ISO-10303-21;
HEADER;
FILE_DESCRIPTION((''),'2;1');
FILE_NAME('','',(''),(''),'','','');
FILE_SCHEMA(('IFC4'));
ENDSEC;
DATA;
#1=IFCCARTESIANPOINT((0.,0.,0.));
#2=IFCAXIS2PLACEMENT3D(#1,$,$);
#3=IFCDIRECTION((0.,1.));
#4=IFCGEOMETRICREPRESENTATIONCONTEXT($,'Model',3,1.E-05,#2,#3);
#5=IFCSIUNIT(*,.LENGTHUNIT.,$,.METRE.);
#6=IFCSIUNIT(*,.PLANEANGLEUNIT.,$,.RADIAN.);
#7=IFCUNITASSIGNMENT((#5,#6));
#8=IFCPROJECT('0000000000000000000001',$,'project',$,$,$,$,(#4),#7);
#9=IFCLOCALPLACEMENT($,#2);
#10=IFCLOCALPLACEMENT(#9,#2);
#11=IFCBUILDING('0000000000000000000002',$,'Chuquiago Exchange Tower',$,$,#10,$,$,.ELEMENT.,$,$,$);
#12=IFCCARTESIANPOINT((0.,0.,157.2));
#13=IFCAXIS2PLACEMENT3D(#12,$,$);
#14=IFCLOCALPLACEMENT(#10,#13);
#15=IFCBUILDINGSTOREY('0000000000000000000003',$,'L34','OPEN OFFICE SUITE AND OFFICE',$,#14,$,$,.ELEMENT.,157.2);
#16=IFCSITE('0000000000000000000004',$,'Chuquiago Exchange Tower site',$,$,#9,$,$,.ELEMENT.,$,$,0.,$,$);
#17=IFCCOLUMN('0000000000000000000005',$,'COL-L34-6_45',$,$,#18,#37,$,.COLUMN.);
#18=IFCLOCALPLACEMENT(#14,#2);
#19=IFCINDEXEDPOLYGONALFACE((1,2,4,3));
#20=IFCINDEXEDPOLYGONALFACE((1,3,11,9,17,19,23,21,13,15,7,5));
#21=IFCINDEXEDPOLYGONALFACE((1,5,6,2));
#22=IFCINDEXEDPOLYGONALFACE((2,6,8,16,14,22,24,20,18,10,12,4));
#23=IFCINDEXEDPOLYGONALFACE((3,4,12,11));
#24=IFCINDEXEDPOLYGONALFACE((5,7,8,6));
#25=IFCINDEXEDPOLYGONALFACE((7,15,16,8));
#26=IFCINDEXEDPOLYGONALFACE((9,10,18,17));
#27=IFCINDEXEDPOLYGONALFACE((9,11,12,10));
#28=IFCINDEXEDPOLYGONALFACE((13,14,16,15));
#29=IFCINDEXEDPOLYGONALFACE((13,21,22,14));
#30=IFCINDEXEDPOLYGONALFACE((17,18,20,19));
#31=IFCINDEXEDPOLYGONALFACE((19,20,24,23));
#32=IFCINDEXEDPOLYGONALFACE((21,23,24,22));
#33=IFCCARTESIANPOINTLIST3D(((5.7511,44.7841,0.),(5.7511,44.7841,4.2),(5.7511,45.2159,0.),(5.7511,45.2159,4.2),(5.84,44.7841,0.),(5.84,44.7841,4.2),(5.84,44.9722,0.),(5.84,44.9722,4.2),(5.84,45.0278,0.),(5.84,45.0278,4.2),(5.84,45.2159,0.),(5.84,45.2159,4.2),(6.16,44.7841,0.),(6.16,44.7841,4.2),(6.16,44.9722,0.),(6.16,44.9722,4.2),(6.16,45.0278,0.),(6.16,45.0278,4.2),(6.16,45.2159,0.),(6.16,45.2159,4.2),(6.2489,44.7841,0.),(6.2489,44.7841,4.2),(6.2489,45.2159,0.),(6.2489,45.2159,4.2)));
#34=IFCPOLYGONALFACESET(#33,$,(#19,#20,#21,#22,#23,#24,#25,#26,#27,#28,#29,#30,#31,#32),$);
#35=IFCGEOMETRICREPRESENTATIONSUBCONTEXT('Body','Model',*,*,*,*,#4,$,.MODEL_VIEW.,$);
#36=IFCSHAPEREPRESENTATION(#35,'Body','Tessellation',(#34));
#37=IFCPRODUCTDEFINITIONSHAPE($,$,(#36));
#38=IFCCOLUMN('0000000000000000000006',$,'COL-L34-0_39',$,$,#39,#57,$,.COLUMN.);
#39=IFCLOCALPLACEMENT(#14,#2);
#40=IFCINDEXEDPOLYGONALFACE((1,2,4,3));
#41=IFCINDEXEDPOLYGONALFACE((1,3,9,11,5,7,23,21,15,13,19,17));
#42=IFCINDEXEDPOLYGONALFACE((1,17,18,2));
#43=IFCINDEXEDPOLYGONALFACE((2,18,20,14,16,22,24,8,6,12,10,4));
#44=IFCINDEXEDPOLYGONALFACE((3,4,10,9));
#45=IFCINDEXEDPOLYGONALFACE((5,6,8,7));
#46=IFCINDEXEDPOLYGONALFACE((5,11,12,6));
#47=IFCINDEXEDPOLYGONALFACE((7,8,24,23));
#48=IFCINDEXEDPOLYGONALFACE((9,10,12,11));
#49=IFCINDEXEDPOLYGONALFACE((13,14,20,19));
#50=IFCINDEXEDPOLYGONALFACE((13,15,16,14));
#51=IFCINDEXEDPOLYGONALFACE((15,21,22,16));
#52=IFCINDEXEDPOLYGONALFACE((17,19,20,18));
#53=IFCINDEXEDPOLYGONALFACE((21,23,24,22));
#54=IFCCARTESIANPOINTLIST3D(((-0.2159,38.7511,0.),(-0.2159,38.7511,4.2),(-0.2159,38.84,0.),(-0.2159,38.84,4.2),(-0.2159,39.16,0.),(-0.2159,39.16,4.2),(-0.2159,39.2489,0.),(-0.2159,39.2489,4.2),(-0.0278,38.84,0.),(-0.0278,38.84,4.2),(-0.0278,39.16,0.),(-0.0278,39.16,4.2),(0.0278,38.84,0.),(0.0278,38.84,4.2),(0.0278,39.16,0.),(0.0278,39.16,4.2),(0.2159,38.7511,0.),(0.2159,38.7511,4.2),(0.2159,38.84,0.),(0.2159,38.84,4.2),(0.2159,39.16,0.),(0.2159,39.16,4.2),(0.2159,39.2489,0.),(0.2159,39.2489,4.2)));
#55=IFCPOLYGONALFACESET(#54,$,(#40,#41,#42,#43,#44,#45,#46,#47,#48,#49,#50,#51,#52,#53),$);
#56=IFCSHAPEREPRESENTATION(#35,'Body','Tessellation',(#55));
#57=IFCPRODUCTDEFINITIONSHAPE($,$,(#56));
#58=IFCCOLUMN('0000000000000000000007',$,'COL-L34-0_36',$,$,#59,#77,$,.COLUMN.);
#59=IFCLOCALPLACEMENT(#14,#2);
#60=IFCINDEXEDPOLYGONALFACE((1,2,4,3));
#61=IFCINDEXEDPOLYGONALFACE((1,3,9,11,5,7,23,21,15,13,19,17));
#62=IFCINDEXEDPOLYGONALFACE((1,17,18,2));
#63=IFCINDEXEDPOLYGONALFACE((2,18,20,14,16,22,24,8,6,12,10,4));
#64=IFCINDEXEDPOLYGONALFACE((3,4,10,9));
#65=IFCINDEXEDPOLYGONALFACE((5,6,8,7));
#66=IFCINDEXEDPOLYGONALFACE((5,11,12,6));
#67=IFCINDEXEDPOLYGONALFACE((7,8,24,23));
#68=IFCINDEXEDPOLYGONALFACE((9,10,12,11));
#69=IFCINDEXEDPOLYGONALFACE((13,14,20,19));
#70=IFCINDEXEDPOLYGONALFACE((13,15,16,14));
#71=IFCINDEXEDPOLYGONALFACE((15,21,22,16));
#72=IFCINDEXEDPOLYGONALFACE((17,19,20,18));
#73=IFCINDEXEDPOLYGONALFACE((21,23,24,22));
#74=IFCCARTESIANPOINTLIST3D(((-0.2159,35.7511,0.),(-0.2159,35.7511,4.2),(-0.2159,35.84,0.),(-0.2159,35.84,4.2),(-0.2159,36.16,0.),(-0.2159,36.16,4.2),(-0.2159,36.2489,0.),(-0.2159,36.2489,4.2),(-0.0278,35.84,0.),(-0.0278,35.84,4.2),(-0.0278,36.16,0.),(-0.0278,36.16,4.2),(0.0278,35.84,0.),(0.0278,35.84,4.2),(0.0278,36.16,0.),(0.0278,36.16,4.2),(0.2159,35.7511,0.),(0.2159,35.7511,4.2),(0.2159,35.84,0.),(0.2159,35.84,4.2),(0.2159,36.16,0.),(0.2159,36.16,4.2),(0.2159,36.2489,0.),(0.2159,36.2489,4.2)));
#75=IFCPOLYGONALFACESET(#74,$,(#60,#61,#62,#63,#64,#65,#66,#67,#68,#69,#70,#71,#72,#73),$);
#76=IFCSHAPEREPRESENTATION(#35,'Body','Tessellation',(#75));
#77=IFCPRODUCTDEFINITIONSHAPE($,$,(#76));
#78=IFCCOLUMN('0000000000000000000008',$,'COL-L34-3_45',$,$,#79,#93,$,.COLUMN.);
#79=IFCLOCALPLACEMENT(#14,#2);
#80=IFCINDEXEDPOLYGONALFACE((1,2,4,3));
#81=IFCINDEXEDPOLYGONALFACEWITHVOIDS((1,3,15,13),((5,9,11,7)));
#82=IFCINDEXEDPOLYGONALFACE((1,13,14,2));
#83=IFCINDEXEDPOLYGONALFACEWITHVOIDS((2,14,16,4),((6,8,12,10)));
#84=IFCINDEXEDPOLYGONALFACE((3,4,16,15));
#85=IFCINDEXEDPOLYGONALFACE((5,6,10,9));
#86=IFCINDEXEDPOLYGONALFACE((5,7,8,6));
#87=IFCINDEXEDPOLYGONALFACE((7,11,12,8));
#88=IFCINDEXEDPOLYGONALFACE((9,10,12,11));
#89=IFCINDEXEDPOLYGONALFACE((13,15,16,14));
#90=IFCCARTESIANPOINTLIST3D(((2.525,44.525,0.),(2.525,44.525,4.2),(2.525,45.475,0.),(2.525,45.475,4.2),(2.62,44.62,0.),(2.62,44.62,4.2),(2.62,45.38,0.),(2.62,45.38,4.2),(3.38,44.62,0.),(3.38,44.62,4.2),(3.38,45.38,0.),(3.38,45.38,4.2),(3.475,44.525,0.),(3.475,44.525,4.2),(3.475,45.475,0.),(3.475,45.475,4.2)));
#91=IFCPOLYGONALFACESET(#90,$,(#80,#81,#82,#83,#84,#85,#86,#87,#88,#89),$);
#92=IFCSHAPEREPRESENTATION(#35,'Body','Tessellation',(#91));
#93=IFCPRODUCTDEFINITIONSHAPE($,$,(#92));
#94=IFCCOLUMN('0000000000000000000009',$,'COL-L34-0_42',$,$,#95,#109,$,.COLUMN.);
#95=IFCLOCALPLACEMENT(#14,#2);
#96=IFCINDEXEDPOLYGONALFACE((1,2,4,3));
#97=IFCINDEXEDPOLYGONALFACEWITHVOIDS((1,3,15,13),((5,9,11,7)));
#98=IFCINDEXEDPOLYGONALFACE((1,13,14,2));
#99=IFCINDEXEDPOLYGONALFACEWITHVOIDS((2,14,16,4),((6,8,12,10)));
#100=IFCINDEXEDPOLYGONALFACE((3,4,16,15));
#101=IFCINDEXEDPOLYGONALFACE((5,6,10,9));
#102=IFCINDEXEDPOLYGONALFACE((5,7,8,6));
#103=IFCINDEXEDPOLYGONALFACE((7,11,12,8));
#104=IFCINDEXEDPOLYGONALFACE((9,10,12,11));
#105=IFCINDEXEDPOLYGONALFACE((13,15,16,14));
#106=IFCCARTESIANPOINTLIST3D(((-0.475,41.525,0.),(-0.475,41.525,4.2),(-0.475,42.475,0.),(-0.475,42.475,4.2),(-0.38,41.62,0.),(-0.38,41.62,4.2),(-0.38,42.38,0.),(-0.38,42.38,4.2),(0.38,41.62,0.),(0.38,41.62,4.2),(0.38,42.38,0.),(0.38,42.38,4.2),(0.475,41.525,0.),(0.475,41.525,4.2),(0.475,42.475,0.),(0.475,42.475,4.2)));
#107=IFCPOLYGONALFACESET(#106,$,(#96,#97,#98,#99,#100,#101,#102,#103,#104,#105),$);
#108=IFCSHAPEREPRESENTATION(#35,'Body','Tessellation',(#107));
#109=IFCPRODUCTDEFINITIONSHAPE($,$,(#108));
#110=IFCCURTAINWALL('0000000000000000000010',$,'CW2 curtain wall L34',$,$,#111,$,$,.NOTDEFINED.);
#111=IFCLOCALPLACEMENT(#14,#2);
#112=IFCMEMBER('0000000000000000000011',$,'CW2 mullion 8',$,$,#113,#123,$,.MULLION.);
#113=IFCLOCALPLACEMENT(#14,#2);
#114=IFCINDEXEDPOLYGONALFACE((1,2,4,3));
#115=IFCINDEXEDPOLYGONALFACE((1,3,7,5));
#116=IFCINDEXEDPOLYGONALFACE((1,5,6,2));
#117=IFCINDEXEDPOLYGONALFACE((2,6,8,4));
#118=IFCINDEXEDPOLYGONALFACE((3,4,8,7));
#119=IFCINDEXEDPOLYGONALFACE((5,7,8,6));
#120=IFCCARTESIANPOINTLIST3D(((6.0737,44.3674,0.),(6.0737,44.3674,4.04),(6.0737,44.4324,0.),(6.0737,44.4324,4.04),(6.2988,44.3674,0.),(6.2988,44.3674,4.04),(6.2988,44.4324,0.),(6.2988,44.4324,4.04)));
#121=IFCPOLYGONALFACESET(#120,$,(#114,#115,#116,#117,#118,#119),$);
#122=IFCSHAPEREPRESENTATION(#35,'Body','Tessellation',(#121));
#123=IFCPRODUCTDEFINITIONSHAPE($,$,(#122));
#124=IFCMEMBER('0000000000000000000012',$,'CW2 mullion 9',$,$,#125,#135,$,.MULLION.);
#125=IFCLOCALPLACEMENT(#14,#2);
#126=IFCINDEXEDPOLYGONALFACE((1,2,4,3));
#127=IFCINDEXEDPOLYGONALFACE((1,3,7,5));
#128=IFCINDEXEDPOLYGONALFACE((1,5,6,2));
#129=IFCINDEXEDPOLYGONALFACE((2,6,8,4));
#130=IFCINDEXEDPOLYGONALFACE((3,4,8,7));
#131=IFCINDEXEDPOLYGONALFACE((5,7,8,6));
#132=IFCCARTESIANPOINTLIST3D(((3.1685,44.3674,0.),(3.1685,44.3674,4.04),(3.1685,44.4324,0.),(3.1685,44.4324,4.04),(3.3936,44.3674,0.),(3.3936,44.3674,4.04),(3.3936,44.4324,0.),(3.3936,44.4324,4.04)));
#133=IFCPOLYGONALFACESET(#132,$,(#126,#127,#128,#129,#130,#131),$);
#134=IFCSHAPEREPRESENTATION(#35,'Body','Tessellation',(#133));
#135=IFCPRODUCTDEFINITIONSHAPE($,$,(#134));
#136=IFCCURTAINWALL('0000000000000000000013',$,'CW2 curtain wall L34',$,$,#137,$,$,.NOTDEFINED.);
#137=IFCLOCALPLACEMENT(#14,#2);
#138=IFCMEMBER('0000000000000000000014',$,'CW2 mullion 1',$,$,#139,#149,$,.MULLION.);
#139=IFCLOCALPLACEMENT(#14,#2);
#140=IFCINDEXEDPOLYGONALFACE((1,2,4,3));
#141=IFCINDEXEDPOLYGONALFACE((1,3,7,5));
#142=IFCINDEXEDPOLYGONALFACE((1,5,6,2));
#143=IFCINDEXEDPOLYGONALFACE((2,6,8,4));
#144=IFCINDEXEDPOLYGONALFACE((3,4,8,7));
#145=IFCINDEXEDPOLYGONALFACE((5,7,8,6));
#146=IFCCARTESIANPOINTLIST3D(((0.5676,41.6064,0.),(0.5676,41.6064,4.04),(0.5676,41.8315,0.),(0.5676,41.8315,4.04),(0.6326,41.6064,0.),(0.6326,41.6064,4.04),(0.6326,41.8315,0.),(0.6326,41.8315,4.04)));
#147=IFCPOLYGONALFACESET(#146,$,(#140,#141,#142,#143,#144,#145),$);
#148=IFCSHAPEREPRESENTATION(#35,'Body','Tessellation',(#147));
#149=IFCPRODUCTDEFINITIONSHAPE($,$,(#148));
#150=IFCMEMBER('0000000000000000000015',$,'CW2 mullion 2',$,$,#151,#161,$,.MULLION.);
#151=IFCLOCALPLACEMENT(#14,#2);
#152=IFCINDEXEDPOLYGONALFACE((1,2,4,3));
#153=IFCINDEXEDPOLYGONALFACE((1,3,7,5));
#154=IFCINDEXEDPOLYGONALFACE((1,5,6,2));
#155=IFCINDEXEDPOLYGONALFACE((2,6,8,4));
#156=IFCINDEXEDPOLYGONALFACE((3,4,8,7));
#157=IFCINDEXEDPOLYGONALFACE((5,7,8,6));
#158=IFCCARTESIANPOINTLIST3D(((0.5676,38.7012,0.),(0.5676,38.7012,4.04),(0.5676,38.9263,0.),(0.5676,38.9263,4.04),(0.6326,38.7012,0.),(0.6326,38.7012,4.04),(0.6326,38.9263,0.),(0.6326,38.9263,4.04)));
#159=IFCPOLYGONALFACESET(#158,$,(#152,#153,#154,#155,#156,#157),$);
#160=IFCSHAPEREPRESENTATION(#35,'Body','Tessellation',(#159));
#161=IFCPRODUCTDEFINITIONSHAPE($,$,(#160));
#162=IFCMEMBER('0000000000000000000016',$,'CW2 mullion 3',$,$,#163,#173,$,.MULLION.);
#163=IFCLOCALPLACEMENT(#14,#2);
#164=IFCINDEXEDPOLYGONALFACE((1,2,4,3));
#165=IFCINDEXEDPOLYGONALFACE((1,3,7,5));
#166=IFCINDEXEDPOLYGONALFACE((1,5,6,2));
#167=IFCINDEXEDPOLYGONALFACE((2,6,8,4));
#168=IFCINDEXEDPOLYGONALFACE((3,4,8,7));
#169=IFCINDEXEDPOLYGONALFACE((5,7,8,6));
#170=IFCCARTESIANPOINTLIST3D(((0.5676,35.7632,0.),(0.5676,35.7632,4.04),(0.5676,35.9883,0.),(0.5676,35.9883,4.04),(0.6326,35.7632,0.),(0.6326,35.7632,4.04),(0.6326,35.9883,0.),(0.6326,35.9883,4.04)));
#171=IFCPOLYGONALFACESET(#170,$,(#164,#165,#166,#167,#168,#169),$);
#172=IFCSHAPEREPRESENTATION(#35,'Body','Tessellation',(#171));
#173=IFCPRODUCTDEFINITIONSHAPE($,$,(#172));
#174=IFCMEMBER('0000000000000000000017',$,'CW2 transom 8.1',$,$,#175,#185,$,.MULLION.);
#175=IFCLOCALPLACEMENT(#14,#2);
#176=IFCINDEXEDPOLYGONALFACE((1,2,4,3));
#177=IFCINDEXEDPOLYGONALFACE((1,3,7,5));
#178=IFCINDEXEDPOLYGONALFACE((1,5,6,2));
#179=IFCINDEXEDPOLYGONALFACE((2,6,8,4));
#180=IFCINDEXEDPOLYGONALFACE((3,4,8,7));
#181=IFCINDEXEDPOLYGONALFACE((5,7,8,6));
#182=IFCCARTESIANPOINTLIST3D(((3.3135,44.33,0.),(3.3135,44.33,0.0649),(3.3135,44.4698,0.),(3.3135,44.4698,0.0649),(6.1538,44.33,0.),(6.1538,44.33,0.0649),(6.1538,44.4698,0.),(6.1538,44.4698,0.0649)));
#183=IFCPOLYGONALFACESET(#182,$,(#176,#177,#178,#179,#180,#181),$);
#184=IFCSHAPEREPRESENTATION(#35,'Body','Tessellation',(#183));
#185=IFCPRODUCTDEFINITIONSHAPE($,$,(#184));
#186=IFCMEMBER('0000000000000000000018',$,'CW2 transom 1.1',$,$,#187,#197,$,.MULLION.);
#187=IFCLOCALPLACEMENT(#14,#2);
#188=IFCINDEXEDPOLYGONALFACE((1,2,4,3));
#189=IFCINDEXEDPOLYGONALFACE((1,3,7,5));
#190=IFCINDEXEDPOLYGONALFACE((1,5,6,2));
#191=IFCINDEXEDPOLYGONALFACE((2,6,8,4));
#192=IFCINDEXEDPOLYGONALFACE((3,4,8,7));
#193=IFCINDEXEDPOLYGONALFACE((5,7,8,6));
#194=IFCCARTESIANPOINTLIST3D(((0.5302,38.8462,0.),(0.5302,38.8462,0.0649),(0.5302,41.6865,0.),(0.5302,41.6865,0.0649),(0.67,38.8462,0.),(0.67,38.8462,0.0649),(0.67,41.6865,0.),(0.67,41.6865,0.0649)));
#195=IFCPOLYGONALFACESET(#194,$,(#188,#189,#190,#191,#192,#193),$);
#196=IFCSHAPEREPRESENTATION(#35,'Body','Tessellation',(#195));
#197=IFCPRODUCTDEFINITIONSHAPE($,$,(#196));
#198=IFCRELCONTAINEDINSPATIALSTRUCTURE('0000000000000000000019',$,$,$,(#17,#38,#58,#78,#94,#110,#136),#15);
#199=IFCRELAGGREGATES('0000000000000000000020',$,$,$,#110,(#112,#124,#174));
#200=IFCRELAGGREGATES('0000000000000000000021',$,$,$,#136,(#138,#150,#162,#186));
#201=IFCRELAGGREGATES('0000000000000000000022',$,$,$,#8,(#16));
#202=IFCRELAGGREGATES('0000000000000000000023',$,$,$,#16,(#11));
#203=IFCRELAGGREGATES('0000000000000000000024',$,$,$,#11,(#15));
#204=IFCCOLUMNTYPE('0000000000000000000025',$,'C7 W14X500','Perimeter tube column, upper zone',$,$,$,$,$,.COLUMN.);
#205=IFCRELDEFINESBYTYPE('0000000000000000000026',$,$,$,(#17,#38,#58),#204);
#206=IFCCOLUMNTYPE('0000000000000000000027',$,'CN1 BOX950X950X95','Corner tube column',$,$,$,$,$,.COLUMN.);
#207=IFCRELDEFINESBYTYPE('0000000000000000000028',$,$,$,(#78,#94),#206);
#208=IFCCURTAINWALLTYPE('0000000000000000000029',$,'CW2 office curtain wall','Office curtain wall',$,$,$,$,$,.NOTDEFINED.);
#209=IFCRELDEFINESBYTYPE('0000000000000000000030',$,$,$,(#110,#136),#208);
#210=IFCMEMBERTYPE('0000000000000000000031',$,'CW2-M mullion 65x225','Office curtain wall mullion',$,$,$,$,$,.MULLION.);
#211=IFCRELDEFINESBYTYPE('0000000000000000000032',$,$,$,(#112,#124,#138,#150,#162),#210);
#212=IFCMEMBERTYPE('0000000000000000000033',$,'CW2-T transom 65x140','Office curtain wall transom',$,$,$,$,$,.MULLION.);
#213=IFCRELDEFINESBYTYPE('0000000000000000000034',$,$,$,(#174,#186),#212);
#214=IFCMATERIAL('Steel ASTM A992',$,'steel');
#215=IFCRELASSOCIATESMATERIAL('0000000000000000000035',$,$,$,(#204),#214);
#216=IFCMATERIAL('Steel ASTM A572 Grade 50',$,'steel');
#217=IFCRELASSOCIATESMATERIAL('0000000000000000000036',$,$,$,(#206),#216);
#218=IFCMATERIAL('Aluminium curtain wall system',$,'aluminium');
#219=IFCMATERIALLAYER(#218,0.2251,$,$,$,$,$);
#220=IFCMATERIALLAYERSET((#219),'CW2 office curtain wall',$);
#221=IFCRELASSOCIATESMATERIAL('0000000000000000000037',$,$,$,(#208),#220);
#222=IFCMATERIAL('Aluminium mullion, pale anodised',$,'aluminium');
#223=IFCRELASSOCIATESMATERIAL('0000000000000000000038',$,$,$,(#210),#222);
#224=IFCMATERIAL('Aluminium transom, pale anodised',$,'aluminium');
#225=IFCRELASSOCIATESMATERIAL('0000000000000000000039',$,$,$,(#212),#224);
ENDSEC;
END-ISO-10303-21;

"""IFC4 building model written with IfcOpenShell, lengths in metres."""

from ifc_helpers import new_model, si_unit, direction, frame, origin, origin_2d, place, context, subcontext, project, spatial, rectangle, hollow_rectangle, i_section, extrude, material, layer, layer_set, material_profile, profile_set, type_object, element, aggregate, save


model = new_model("IFC4")

# Units and contexts
model_context = context("Model", 3, precision=1e-05, world=origin(), true_north=direction((0.0, 1.0)))
body_context = subcontext(model_context, "Body", "Model", "MODEL_VIEW")
ifc_project = project(units=[si_unit("LENGTHUNIT", "METRE"), si_unit("PLANEANGLEUNIT", "RADIAN")], contexts=[model_context])

# Site, building, storey
site_placement = place(None, origin())
site = spatial("IfcSite", under=ifc_project, at=site_placement, Name="Chuquiago Exchange Tower site", CompositionType="ELEMENT", RefElevation=0.0)
building_placement = place(site_placement, origin())
building = spatial("IfcBuilding", under=site, at=building_placement, Name="Chuquiago Exchange Tower", CompositionType="ELEMENT")
storey_placement = place(building_placement, frame((0.0, 0.0, 157.2)))
storey = spatial("IfcBuildingStorey", under=building, at=storey_placement, Name="L34", Description="OPEN OFFICE SUITE AND OFFICE", CompositionType="ELEMENT", Elevation=157.2)

# Columns
ifc_material_1 = material(Name="Steel ASTM A992", Category="steel")
ifc_material_profile_1 = material_profile(ifc_material_1, i_section(OverallWidth=0.4319, OverallDepth=0.4978, WebThickness=0.0557, FlangeThickness=0.0889, at=origin_2d()), Name="W14X500")
ifc_profile_set_1 = profile_set([ifc_material_profile_1], Name="Steel ASTM A992")
column_type_1 = type_object("IfcColumnType", Name="C7 W14X500", Description="Perimeter tube column, upper zone", PredefinedType="COLUMN", material=ifc_profile_set_1)
for number, where, z_axis, x_axis, name in (
    (1, (6.0, 45.0, 0.0), (0.0, 0.0, 1.0), (0.0, 1.0, 0.0), "COL-L34-6_45"),
    (2, (0.0, 39.0, 0.0), (0.0, 0.0, 1.0), (-1.0, 0.0, 0.0), "COL-L34-0_39"),
    (3, (0.0, 36.0, 0.0), (0.0, 0.0, 1.0), (-1.0, 0.0, 0.0), "COL-L34-0_36"),
):
    element("IfcColumn", number, at=place(storey_placement, frame(where, z_axis=z_axis, x_axis=x_axis)), inside=storey, type_object=column_type_1, Name=name, PredefinedType="COLUMN", context=body_context, shape_type="SweptSolid", body=[
        extrude(i_section(OverallWidth=0.4319, OverallDepth=0.4978, WebThickness=0.0557, FlangeThickness=0.0889, at=origin_2d()), origin(), (0.0, 0.0, 1.0), 4.2),
    ])
ifc_material_2 = material(Name="Steel ASTM A572 Grade 50", Category="steel")
ifc_material_profile_2 = material_profile(ifc_material_2, hollow_rectangle(XDim=0.95, YDim=0.95, WallThickness=0.095, at=origin_2d()), Name="BOX950X950X95")
ifc_profile_set_2 = profile_set([ifc_material_profile_2], Name="Steel ASTM A572 Grade 50")
column_type_2 = type_object("IfcColumnType", Name="CN1 BOX950X950X95", Description="Corner tube column", PredefinedType="COLUMN", material=ifc_profile_set_2)
for number, where, z_axis, x_axis, name in (
    (4, (3.0, 45.0, 0.0), (0.0, 0.0, 1.0), (0.0, 1.0, 0.0), "COL-L34-3_45"),
    (5, (0.0, 42.0, 0.0), (0.0, 0.0, 1.0), (-1.0, 0.0, 0.0), "COL-L34-0_42"),
):
    element("IfcColumn", number, at=place(storey_placement, frame(where, z_axis=z_axis, x_axis=x_axis)), inside=storey, type_object=column_type_2, Name=name, PredefinedType="COLUMN", context=body_context, shape_type="SweptSolid", body=[
        extrude(hollow_rectangle(XDim=0.95, YDim=0.95, WallThickness=0.095, at=origin_2d()), origin(), (0.0, 0.0, 1.0), 4.2),
    ])

# Curtain walls, members
ifc_material_3 = material(Name="Aluminium curtain wall system", Category="aluminium")
ifc_layer_1 = layer(ifc_material_3, 0.2251)
ifc_layer_set_1 = layer_set([ifc_layer_1], Name="CW2 office curtain wall")
curtain_wall_type_1 = type_object("IfcCurtainWallType", Name="CW2 office curtain wall", Description="Office curtain wall", PredefinedType="NOTDEFINED", material=ifc_layer_set_1)
curtain_wall_1_placement = place(storey_placement, origin())
curtain_wall_1 = element("IfcCurtainWall", 6, at=curtain_wall_1_placement, inside=storey, type_object=curtain_wall_type_1, Name="CW2 curtain wall L34", PredefinedType="NOTDEFINED")
ifc_material_4 = material(Name="Aluminium mullion, pale anodised", Category="aluminium")
ifc_material_profile_3 = material_profile(ifc_material_4, rectangle(XDim=0.0649, YDim=0.2251, at=origin_2d()), Name="AL 65x225")
ifc_profile_set_3 = profile_set([ifc_material_profile_3], Name="Aluminium mullion, pale anodised")
member_type_1 = type_object("IfcMemberType", Name="CW2-M mullion 65x225", Description="Office curtain wall mullion", PredefinedType="MULLION", material=ifc_profile_set_3)
member_1_placement = place(storey_placement, frame((6.1863, 44.3999, 0.0), z_axis=(0.0, 0.0, 1.0), x_axis=(0.0, -1.0, 0.0)))
member_1 = element("IfcMember", 7, at=member_1_placement, type_object=member_type_1, Name="CW2 mullion 8", PredefinedType="MULLION", context=body_context, shape_type="SweptSolid", body=[
    extrude(rectangle(XDim=0.0649, YDim=0.2251, at=origin_2d()), origin(), (0.0, 0.0, 1.0), 4.04),
])
member_2_placement = place(storey_placement, frame((3.281, 44.3999, 0.0), z_axis=(0.0, 0.0, 1.0), x_axis=(0.0, -1.0, 0.0)))
member_2 = element("IfcMember", 8, at=member_2_placement, type_object=member_type_1, Name="CW2 mullion 9", PredefinedType="MULLION", context=body_context, shape_type="SweptSolid", body=[
    extrude(rectangle(XDim=0.0649, YDim=0.2251, at=origin_2d()), origin(), (0.0, 0.0, 1.0), 4.04),
])
curtain_wall_2_placement = place(storey_placement, origin())
curtain_wall_2 = element("IfcCurtainWall", 9, at=curtain_wall_2_placement, inside=storey, type_object=curtain_wall_type_1, Name="CW2 curtain wall L34", PredefinedType="NOTDEFINED")
member_3_placement = place(storey_placement, frame((0.6001, 41.719, 0.0), z_axis=(0.0, 0.0, 1.0), x_axis=(1.0, 0.0, 0.0)))
member_3 = element("IfcMember", 10, at=member_3_placement, type_object=member_type_1, Name="CW2 mullion 1", PredefinedType="MULLION", context=body_context, shape_type="SweptSolid", body=[
    extrude(rectangle(XDim=0.0649, YDim=0.2251, at=origin_2d()), origin(), (0.0, 0.0, 1.0), 4.04),
])
member_4_placement = place(storey_placement, frame((0.6001, 38.8137, 0.0), z_axis=(0.0, 0.0, 1.0), x_axis=(1.0, 0.0, 0.0)))
member_4 = element("IfcMember", 11, at=member_4_placement, type_object=member_type_1, Name="CW2 mullion 2", PredefinedType="MULLION", context=body_context, shape_type="SweptSolid", body=[
    extrude(rectangle(XDim=0.0649, YDim=0.2251, at=origin_2d()), origin(), (0.0, 0.0, 1.0), 4.04),
])
member_5_placement = place(storey_placement, frame((0.6001, 35.8757, 0.0), z_axis=(0.0, 0.0, 1.0), x_axis=(1.0, 0.0, 0.0)))
member_5 = element("IfcMember", 12, at=member_5_placement, type_object=member_type_1, Name="CW2 mullion 3", PredefinedType="MULLION", context=body_context, shape_type="SweptSolid", body=[
    extrude(rectangle(XDim=0.0649, YDim=0.2251, at=origin_2d()), origin(), (0.0, 0.0, 1.0), 4.04),
])

# Members
ifc_material_5 = material(Name="Aluminium transom, pale anodised", Category="aluminium")
ifc_material_profile_4 = material_profile(ifc_material_5, rectangle(XDim=0.1399, YDim=0.0649, at=origin_2d()), Name="AL 140x65")
ifc_profile_set_4 = profile_set([ifc_material_profile_4], Name="Aluminium transom, pale anodised")
member_type_2 = type_object("IfcMemberType", Name="CW2-T transom 65x140", Description="Office curtain wall transom", PredefinedType="MULLION", material=ifc_profile_set_4)
member_6_placement = place(storey_placement, frame((6.1538, 44.3999, 0.0325), z_axis=(-1.0, 0.0, 0.0), x_axis=(0.0, -1.0, 0.0)))
member_6 = element("IfcMember", 13, at=member_6_placement, type_object=member_type_2, Name="CW2 transom 8.1", PredefinedType="MULLION", context=body_context, shape_type="SweptSolid", body=[
    extrude(rectangle(XDim=0.1399, YDim=0.0649, at=origin_2d()), origin(), (0.0, 0.0, 1.0), 2.8403),
])
member_7_placement = place(storey_placement, frame((0.6001, 41.6865, 0.0325), z_axis=(0.0, -1.0, 0.0), x_axis=(1.0, 0.0, 0.0)))
member_7 = element("IfcMember", 14, at=member_7_placement, type_object=member_type_2, Name="CW2 transom 1.1", PredefinedType="MULLION", context=body_context, shape_type="SweptSolid", body=[
    extrude(rectangle(XDim=0.1399, YDim=0.0649, at=origin_2d()), origin(), (0.0, 0.0, 1.0), 2.8403),
])

aggregate(curtain_wall_1, [member_1, member_2, member_6])
aggregate(curtain_wall_2, [member_3, member_4, member_5, member_7])

save(model, "model.ifc")
